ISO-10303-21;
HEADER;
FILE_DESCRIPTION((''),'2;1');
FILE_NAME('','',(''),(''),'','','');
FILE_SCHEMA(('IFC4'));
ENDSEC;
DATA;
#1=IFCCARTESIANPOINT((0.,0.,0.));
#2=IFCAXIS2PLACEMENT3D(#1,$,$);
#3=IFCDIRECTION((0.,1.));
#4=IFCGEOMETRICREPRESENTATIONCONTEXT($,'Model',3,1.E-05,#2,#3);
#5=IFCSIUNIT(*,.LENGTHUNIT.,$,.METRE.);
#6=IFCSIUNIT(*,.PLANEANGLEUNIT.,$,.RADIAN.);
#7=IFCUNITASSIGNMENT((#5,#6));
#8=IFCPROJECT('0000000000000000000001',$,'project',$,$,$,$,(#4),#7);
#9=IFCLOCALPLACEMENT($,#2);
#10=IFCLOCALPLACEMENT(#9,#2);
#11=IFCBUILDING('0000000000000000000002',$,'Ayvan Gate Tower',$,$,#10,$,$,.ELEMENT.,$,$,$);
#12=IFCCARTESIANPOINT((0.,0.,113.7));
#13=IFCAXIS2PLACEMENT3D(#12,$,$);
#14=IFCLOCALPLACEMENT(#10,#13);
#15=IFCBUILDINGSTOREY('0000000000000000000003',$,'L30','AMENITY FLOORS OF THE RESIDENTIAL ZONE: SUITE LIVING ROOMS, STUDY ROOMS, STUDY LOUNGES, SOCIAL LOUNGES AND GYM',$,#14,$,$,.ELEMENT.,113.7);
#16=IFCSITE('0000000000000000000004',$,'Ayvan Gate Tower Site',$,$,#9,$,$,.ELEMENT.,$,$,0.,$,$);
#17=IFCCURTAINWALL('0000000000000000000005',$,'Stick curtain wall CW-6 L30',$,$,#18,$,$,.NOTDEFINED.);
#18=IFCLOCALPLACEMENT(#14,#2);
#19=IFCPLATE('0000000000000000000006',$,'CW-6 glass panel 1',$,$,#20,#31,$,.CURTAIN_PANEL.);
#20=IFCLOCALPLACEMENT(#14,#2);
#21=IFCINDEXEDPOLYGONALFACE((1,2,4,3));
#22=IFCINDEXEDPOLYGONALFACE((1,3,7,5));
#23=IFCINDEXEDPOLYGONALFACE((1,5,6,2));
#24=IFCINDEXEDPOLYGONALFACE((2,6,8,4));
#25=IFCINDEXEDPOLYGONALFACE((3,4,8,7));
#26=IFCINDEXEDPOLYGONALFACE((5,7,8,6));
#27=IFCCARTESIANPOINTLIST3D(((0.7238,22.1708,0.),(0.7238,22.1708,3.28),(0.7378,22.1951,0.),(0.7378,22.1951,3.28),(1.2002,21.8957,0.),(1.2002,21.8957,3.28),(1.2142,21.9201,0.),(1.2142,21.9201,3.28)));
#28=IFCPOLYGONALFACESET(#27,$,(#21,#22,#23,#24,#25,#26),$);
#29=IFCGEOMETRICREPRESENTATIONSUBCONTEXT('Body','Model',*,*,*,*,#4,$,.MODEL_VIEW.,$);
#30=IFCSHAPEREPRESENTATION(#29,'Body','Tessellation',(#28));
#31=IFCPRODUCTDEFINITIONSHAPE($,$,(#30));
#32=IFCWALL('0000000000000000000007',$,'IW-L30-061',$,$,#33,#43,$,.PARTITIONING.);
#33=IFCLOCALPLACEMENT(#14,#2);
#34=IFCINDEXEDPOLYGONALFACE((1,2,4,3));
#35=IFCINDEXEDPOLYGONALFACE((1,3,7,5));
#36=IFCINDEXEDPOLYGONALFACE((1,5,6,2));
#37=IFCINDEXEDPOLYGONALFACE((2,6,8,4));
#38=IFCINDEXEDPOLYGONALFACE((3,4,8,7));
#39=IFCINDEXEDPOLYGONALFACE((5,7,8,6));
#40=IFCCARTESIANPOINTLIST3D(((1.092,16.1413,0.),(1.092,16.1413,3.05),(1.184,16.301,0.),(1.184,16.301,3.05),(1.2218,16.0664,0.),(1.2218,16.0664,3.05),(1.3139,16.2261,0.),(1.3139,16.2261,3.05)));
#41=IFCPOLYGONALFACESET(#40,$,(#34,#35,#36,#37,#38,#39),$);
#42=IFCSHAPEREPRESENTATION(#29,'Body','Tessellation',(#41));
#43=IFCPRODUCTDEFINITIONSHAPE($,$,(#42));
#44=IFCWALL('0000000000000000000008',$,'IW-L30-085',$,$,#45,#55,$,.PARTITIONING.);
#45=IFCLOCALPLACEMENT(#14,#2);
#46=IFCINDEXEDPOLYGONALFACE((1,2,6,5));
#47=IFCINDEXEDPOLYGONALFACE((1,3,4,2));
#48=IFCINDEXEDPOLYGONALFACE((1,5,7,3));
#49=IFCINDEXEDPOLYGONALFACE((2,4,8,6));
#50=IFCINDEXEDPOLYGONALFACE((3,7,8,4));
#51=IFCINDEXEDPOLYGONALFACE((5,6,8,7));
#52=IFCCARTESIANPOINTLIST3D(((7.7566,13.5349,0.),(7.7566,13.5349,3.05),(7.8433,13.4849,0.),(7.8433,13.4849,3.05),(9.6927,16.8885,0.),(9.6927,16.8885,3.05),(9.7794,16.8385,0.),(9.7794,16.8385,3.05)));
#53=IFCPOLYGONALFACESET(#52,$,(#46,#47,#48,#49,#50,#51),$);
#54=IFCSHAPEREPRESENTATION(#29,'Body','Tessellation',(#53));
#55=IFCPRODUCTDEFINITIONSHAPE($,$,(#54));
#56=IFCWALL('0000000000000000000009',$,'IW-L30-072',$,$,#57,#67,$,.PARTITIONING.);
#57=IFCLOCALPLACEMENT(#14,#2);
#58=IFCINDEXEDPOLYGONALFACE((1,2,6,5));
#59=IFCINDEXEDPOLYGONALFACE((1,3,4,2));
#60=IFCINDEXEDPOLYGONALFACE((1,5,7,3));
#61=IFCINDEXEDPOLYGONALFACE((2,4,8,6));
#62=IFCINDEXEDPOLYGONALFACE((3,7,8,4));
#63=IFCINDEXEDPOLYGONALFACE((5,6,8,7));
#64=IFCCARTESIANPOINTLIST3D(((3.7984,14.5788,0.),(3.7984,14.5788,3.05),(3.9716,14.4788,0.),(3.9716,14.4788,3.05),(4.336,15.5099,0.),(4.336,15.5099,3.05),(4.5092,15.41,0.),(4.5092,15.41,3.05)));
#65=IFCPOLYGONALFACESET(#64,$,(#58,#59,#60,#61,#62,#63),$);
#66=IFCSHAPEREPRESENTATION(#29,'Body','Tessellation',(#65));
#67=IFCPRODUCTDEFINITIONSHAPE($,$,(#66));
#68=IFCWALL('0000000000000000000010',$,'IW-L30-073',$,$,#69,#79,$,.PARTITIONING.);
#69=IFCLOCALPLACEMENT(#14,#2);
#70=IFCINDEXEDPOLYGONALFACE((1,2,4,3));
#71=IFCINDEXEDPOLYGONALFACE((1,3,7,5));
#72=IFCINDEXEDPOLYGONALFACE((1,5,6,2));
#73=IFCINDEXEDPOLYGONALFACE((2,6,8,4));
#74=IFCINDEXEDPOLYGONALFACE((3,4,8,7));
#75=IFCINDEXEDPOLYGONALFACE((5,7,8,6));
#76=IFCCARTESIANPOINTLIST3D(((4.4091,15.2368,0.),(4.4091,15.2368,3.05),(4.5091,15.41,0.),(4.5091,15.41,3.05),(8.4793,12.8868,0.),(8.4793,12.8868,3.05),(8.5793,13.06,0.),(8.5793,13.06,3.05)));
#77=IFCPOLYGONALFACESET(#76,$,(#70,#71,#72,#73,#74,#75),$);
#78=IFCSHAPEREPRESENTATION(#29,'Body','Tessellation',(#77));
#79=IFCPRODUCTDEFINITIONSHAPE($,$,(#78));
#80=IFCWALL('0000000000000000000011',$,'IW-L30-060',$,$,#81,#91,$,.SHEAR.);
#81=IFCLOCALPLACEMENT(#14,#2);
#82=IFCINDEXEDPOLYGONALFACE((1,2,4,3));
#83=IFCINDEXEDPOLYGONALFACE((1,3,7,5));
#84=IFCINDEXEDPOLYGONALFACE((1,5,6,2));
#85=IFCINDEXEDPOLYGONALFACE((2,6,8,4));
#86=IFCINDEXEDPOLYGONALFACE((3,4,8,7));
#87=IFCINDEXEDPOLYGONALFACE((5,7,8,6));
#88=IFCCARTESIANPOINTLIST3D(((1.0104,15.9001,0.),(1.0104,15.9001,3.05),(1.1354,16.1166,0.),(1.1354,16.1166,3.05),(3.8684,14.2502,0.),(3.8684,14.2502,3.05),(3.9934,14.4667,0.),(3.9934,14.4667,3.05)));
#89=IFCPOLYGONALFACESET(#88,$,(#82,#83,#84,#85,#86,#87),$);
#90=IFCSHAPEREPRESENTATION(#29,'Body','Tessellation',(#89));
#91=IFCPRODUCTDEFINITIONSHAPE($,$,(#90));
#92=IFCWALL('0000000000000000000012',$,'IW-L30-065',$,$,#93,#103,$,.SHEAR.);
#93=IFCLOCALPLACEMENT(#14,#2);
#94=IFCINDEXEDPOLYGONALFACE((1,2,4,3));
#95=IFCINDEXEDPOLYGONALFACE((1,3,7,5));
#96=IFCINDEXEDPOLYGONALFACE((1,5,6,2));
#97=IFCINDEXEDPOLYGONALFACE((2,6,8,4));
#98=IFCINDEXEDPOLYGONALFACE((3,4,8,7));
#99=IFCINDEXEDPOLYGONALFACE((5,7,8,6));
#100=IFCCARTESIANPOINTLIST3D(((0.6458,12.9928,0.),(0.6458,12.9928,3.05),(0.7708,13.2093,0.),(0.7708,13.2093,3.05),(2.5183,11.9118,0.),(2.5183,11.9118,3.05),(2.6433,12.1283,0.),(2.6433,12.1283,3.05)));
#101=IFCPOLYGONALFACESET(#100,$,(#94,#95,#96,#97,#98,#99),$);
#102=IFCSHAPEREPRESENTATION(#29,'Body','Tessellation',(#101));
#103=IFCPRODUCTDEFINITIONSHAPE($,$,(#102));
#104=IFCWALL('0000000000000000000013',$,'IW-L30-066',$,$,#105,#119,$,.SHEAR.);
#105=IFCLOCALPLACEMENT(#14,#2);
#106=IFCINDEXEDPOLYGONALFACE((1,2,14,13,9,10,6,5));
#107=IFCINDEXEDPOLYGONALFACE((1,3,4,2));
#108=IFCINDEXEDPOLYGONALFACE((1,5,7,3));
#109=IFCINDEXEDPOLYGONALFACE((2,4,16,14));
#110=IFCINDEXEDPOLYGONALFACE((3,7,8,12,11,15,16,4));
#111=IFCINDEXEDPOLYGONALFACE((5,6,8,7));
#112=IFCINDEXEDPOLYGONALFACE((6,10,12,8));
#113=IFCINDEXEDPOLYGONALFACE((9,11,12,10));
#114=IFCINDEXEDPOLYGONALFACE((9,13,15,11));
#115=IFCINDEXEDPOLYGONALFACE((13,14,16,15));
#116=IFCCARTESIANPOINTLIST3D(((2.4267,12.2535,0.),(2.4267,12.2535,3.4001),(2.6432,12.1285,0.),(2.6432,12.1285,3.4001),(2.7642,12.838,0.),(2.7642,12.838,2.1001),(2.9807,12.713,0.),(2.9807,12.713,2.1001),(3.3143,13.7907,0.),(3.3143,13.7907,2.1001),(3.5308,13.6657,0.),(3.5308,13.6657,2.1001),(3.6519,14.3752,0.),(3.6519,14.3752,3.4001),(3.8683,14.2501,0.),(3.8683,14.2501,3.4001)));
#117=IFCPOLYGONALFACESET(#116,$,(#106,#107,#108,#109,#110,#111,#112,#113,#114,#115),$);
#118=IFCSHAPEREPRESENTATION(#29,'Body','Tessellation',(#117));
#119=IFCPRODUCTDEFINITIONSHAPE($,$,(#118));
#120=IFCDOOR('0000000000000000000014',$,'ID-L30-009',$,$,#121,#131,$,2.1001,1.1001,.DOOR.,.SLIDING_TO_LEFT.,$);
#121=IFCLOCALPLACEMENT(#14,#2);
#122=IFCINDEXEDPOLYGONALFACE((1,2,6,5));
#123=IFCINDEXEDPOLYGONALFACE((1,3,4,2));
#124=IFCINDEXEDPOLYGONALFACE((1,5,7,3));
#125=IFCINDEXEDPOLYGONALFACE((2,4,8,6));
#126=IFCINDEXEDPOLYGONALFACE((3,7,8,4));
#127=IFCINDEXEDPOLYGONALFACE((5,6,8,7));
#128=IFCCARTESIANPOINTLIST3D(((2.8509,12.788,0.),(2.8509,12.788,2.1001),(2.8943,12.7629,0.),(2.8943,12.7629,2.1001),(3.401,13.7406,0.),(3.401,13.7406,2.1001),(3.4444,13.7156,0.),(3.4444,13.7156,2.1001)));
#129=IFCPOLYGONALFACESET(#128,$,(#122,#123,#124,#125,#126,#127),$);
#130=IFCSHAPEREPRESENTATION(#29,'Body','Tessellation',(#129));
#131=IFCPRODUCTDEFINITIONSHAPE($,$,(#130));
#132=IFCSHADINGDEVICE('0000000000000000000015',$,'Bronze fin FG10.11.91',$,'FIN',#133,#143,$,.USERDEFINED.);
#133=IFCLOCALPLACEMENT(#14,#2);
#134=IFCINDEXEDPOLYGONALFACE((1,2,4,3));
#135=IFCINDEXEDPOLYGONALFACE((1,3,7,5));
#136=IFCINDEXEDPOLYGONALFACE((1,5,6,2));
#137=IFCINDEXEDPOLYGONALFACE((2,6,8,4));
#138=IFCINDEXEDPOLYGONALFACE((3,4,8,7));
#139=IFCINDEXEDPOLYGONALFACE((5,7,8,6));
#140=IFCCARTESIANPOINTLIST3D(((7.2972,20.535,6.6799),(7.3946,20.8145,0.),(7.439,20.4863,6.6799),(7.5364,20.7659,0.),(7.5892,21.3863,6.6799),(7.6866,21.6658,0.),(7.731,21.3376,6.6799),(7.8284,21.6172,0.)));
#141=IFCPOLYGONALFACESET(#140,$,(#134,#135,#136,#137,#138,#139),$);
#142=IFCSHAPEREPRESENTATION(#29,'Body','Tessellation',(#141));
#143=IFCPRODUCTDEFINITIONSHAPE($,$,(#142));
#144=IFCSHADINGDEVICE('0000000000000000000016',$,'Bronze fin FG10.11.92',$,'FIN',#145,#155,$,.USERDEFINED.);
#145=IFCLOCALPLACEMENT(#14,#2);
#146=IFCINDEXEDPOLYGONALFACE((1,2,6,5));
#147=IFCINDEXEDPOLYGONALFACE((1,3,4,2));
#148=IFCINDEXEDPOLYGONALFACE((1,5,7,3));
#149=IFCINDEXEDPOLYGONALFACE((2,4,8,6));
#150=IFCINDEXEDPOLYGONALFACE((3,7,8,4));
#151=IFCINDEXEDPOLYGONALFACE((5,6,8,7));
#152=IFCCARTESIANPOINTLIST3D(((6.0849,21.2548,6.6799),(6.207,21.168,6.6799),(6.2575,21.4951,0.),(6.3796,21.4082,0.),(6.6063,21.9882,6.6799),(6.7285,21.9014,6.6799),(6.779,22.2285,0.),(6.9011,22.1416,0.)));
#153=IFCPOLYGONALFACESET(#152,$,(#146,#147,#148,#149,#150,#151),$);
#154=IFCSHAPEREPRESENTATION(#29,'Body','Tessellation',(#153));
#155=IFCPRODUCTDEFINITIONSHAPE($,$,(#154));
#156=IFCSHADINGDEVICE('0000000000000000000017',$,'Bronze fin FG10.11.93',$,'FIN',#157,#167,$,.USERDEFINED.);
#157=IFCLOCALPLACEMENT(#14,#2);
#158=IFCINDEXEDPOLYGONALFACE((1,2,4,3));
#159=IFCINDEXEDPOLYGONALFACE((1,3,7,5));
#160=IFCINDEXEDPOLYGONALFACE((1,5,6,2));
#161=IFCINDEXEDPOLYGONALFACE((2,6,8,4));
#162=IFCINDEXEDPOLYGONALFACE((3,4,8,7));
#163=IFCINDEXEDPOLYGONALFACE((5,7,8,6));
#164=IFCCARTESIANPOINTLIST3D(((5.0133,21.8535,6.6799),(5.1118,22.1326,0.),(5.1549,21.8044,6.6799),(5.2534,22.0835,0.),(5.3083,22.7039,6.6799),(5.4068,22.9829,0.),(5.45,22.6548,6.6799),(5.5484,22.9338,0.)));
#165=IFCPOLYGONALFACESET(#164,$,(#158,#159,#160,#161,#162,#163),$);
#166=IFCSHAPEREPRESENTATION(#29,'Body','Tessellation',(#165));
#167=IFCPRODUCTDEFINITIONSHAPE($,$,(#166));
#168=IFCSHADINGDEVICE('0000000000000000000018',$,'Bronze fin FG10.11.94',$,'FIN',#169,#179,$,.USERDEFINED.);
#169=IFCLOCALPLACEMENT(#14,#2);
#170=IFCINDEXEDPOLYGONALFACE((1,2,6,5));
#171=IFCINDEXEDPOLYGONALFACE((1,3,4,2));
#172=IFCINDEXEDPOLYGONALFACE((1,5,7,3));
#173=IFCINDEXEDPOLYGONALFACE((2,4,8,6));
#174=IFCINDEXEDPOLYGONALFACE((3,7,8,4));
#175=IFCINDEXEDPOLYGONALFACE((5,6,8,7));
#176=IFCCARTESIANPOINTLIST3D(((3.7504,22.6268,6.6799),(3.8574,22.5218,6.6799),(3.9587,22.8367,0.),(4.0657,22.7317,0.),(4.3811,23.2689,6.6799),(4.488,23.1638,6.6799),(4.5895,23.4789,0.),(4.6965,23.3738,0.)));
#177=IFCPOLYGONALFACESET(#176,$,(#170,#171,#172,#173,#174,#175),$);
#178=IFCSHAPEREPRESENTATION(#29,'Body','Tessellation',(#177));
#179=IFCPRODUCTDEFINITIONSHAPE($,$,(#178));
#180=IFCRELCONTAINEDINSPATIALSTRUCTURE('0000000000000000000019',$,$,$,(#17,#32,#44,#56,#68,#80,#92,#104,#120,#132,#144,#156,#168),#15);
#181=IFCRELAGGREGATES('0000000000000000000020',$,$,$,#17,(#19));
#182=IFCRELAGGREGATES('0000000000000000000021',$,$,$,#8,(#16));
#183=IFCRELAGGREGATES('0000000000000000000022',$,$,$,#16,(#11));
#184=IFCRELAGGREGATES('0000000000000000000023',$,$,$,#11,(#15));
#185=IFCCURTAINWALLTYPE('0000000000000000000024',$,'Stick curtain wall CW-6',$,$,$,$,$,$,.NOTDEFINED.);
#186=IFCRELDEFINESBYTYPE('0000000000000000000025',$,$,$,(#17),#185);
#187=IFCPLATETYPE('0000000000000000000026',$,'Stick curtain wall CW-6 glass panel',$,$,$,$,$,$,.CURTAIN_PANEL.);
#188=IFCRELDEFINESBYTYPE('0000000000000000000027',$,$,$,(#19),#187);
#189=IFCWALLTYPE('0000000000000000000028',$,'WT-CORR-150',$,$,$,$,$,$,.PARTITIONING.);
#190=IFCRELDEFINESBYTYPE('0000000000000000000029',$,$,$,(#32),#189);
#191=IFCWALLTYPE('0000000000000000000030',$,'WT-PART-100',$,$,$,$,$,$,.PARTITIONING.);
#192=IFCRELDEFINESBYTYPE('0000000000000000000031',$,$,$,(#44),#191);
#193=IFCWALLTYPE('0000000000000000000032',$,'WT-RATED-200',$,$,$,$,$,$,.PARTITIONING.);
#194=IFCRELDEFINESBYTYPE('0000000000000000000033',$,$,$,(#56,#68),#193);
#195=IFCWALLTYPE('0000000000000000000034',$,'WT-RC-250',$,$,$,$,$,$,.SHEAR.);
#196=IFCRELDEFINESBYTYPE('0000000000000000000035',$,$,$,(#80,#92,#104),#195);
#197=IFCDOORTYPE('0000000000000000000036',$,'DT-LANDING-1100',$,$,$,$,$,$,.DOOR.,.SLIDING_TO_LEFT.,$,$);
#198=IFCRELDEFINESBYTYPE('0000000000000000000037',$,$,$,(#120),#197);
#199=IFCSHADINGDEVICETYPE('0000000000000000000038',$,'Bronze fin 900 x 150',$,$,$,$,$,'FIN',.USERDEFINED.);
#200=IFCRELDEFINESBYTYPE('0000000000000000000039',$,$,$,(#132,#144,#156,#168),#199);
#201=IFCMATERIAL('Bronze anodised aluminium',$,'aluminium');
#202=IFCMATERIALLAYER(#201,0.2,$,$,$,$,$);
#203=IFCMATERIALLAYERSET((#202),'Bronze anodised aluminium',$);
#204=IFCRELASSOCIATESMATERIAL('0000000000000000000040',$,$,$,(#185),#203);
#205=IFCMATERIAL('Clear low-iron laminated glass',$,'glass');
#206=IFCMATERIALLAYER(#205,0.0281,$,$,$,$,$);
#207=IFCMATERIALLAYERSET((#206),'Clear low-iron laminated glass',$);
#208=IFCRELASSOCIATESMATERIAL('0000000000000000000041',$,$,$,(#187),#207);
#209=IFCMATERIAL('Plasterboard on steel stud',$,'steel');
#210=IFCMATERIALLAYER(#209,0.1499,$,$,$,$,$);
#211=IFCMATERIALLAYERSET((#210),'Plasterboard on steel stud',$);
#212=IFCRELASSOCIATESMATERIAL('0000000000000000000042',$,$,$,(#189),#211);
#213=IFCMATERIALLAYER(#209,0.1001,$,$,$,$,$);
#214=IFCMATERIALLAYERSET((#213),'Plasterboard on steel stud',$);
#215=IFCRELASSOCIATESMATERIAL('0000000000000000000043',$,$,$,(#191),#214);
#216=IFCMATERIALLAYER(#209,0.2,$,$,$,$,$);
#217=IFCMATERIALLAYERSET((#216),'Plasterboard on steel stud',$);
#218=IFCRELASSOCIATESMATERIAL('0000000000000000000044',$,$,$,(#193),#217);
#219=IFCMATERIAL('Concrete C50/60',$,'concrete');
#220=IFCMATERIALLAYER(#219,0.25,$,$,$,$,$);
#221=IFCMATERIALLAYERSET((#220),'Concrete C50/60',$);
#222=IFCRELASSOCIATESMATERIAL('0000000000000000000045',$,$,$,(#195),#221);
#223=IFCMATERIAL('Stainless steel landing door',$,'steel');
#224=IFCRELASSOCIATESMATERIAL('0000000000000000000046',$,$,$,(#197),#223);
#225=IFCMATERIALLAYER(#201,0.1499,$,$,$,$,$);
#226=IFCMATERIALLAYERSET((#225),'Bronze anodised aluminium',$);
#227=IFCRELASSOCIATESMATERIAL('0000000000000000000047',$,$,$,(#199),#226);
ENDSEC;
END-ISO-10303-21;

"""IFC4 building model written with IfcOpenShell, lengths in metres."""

from ifc_helpers import new_model, si_unit, direction, frame, frame_2d, origin, origin_2d, place, context, subcontext, project, spatial, polyline, rectangle, outline, extrude, material, layer, layer_set, type_object, element, fill, aggregate, save


model = new_model("IFC4")

# Units and contexts
model_context = context("Model", 3, precision=1e-05, world=origin(), true_north=direction((0.0, 1.0)))
body_context = subcontext(model_context, "Body", "Model", "MODEL_VIEW")
ifc_project = project(units=[si_unit("LENGTHUNIT", "METRE"), si_unit("PLANEANGLEUNIT", "RADIAN")], contexts=[model_context])

# Site, building, storey
site_placement = place(None, origin())
site = spatial("IfcSite", under=ifc_project, at=site_placement, Name="Ayvan Gate Tower Site", CompositionType="ELEMENT", RefElevation=0.0)
building_placement = place(site_placement, origin())
building = spatial("IfcBuilding", under=site, at=building_placement, Name="Ayvan Gate Tower", CompositionType="ELEMENT")
storey_placement = place(building_placement, frame((0.0, 0.0, 113.7)))
storey = spatial("IfcBuildingStorey", under=building, at=storey_placement, Name="L30", Description="AMENITY FLOORS OF THE RESIDENTIAL ZONE: SUITE LIVING ROOMS, STUDY ROOMS, STUDY LOUNGES, SOCIAL LOUNGES AND GYM", CompositionType="ELEMENT", Elevation=113.7)

# Curtain wall
ifc_material_1 = material(Name="Bronze anodised aluminium", Category="aluminium")
ifc_layer_1 = layer(ifc_material_1, 0.2)
ifc_layer_set_1 = layer_set([ifc_layer_1], Name="Bronze anodised aluminium")
curtain_wall_type_1 = type_object("IfcCurtainWallType", Name="Stick curtain wall CW-6", PredefinedType="NOTDEFINED", material=ifc_layer_set_1)
curtain_wall_1_placement = place(storey_placement, origin())
curtain_wall_1 = element("IfcCurtainWall", 1, at=curtain_wall_1_placement, inside=storey, type_object=curtain_wall_type_1, Name="Stick curtain wall CW-6 L30", PredefinedType="NOTDEFINED")

# Plate
ifc_material_2 = material(Name="Clear low-iron laminated glass", Category="glass")
ifc_layer_2 = layer(ifc_material_2, 0.0281)
ifc_layer_set_2 = layer_set([ifc_layer_2], Name="Clear low-iron laminated glass")
plate_type_1 = type_object("IfcPlateType", Name="Stick curtain wall CW-6 glass panel", PredefinedType="CURTAIN_PANEL", material=ifc_layer_set_2)
plate_1_placement = place(storey_placement, frame((0.969, 22.0454, 0.0), z_axis=(0.0, 0.0, 1.0), x_axis=(-0.866025, 0.5, 0.0)))
plate_1 = element("IfcPlate", 2, at=plate_1_placement, type_object=plate_type_1, Name="CW-6 glass panel 1", PredefinedType="CURTAIN_PANEL", context=body_context, shape_type="SweptSolid", body=[
    extrude(rectangle(XDim=0.55, YDim=0.0281, at=origin_2d()), origin(), (0.0, 0.0, 1.0), 3.28),
])
aggregate(curtain_wall_1, [plate_1])

# Walls
ifc_material_3 = material(Name="Plasterboard on steel stud", Category="steel")
ifc_layer_3 = layer(ifc_material_3, 0.1499)
ifc_layer_set_3 = layer_set([ifc_layer_3], Name="Plasterboard on steel stud")
wall_type_1 = type_object("IfcWallType", Name="WT-CORR-150", PredefinedType="PARTITIONING", material=ifc_layer_set_3)
wall_1_placement = place(storey_placement, frame((1.249, 16.2637, 0.0), z_axis=(0.0, 0.0, 1.0), x_axis=(-0.499417, -0.866362, 0.0)))
element("IfcWall", 3, at=wall_1_placement, inside=storey, type_object=wall_type_1, Name="IW-L30-061", PredefinedType="PARTITIONING", context=body_context, shape_type="SweptSolid", body=[
    extrude(rectangle(XDim=0.1843, YDim=0.1499, at=frame_2d((0.0923, 0.0))), origin(), (0.0, 0.0, 1.0), 3.05),
])
ifc_layer_4 = layer(ifc_material_3, 0.1001)
ifc_layer_set_4 = layer_set([ifc_layer_4], Name="Plasterboard on steel stud")
wall_type_2 = type_object("IfcWallType", Name="WT-PART-100", PredefinedType="PARTITIONING", material=ifc_layer_set_4)
wall_2_placement = place(storey_placement, frame((7.8, 13.51, 0.0), z_axis=(0.0, 0.0, 1.0), x_axis=(0.499977, 0.866039, 0.0)))
element("IfcWall", 4, at=wall_2_placement, inside=storey, type_object=wall_type_2, Name="IW-L30-085", PredefinedType="PARTITIONING", context=body_context, shape_type="SweptSolid", body=[
    extrude(rectangle(XDim=3.8723, YDim=0.1001, at=frame_2d((1.936, 0.0))), origin(), (0.0, 0.0, 1.0), 3.05),
])
ifc_layer_5 = layer(ifc_material_3, 0.2)
ifc_layer_set_5 = layer_set([ifc_layer_5], Name="Plasterboard on steel stud")
wall_type_3 = type_object("IfcWallType", Name="WT-RATED-200", PredefinedType="PARTITIONING", material=ifc_layer_set_5)
wall_3_placement = place(storey_placement, frame((3.885, 14.5288, 0.0), z_axis=(0.0, 0.0, 1.0), x_axis=(0.499998, 0.866027, 0.0)))
element("IfcWall", 5, at=wall_3_placement, inside=storey, type_object=wall_type_3, Name="IW-L30-072", PredefinedType="PARTITIONING", context=body_context, shape_type="SweptSolid", body=[
    extrude(rectangle(XDim=1.0752, YDim=0.2, at=frame_2d((0.5376, 0.0))), origin(), (0.0, 0.0, 1.0), 3.05),
])
wall_4_placement = place(storey_placement, frame((4.459, 15.3235, 0.0), z_axis=(0.0, 0.0, 1.0), x_axis=(0.866016, -0.500016, 0.0)))
element("IfcWall", 6, at=wall_4_placement, inside=storey, type_object=wall_type_3, Name="IW-L30-073", PredefinedType="PARTITIONING", context=body_context, shape_type="SweptSolid", body=[
    extrude(rectangle(XDim=4.7, YDim=0.2, at=frame_2d((2.3501, 0.0))), origin(), (0.0, 0.0, 1.0), 3.05),
])
ifc_material_4 = material(Name="Concrete C50/60", Category="concrete")
ifc_layer_6 = layer(ifc_material_4, 0.25)
ifc_layer_set_6 = layer_set([ifc_layer_6], Name="Concrete C50/60")
wall_type_4 = type_object("IfcWallType", Name="WT-RC-250", PredefinedType="SHEAR", material=ifc_layer_set_6)
wall_5_placement = place(storey_placement, frame((1.073, 16.0083, 0.0), z_axis=(0.0, 0.0, 1.0), x_axis=(0.86604, -0.499974, 0.0)))
element("IfcWall", 7, at=wall_5_placement, inside=storey, type_object=wall_type_4, Name="IW-L30-060", PredefinedType="SHEAR", context=body_context, shape_type="SweptSolid", body=[
    extrude(rectangle(XDim=3.3, YDim=0.25, at=frame_2d((1.6499, 0.0))), origin(), (0.0, 0.0, 1.0), 3.05),
])
wall_6_placement = place(storey_placement, frame((2.5808, 12.02, 0.0), z_axis=(0.0, 0.0, 1.0), x_axis=(-0.866039, 0.499977, 0.0)))
element("IfcWall", 8, at=wall_6_placement, inside=storey, type_object=wall_type_4, Name="IW-L30-065", PredefinedType="SHEAR", context=body_context, shape_type="SweptSolid", body=[
    extrude(rectangle(XDim=2.1621, YDim=0.25, at=frame_2d((1.0811, 0.0))), origin(), (0.0, 0.0, 1.0), 3.05),
])

# Wall, opening, door
wall_7_placement = place(storey_placement, frame((2.5349, 12.1909, 0.0), z_axis=(0.0, 0.0, 1.0), x_axis=(0.500062, 0.86599, 0.0)))
wall_7 = element("IfcWall", 9, at=wall_7_placement, inside=storey, type_object=wall_type_4, Name="IW-L30-066", PredefinedType="SHEAR", context=body_context, shape_type="SweptSolid", body=[
    extrude(rectangle(XDim=2.45, YDim=0.25, at=frame_2d((1.2251, 0.0))), origin(), (0.0, 0.0, 1.0), 3.4001),
])
opening_placement = place(wall_7_placement, frame((0.675, 0.0, 0.0)))
opening = element("IfcOpeningElement", 10, at=opening_placement, cuts=wall_7, PredefinedType="OPENING", context=body_context, shape_type="SweptSolid", body=[
    extrude(rectangle(XDim=1.1001, YDim=2.1001, at=frame_2d((0.55, 1.05))), frame((0.0, 0.135, 0.0), z_axis=(0.0, -1.0, 0.0), x_axis=(1.0, 0.0, 0.0)), (0.0, 0.0, 1.0), 0.27),
])
ifc_material_5 = material(Name="Stainless steel landing door", Category="steel")
door_type = type_object("IfcDoorType", Name="DT-LANDING-1100", OperationType="SLIDING_TO_LEFT", PredefinedType="DOOR", material=ifc_material_5)
door_placement = place(opening_placement, origin())
door = element("IfcDoor", 11, at=door_placement, inside=storey, type_object=door_type, Name="ID-L30-009", OperationType="SLIDING_TO_LEFT", OverallHeight=2.1001, OverallWidth=1.1001, PredefinedType="DOOR", context=body_context, shape_type="SweptSolid", body=[
    extrude(rectangle(XDim=1.1001, YDim=2.1001, at=frame_2d((0.55, 1.05))), frame((0.0, 0.0249, 0.0), z_axis=(0.0, -1.0, 0.0), x_axis=(1.0, 0.0, 0.0)), (0.0, 0.0, 1.0), 0.05),
])
fill(opening, door)

# Shading devices
ifc_layer_7 = layer(ifc_material_1, 0.1499)
ifc_layer_set_7 = layer_set([ifc_layer_7], Name="Bronze anodised aluminium")
shading_device_type = type_object("IfcShadingDeviceType", Name="Bronze fin 900 x 150", ElementType="FIN", PredefinedType="USERDEFINED", material=ifc_layer_set_7)
shading_device_1_placement = place(storey_placement, frame((7.5364, 20.7659, 0.0), z_axis=(0.945908, -0.324435, 0.000217), x_axis=(0.324435, 0.945908, 0.0)))
element("IfcShadingDevice", 12, at=shading_device_1_placement, inside=storey, type_object=shading_device_type, Name="Bronze fin FG10.11.91", ObjectType="FIN", PredefinedType="USERDEFINED", context=body_context, shape_type="SweptSolid", body=[
    extrude(outline(polyline([(0.0, 0.0), (0.9, 0.0), (0.604, 6.6799), (-0.296, 6.6799), (0.0, 0.0)])), origin(), (0.0, 0.0, -1.0), 0.1499),
])
shading_device_2_placement = place(storey_placement, frame((6.3796, 21.4082, 0.0), z_axis=(0.814978, -0.579492, 0.000218), x_axis=(0.579492, 0.814978, 0.0)))
element("IfcShadingDevice", 13, at=shading_device_2_placement, inside=storey, type_object=shading_device_type, Name="Bronze fin FG10.11.92", ObjectType="FIN", PredefinedType="USERDEFINED", context=body_context, shape_type="SweptSolid", body=[
    extrude(outline(polyline([(0.0, 0.0), (0.8999, 0.0), (0.6041, 6.6799), (-0.2958, 6.6799), (0.0, 0.0)])), origin(), (0.0, 0.0, -1.0), 0.1499),
])
shading_device_3_placement = place(storey_placement, frame((5.2534, 22.0835, 0.0), z_axis=(0.944747, -0.3278, 0.000239), x_axis=(0.3278, 0.944747, 0.0)))
element("IfcShadingDevice", 14, at=shading_device_3_placement, inside=storey, type_object=shading_device_type, Name="Bronze fin FG10.11.93", ObjectType="FIN", PredefinedType="USERDEFINED", context=body_context, shape_type="SweptSolid", body=[
    extrude(outline(polyline([(0.0, 0.0), (0.9, 0.0), (0.6041, 6.6799), (-0.296, 6.6799), (0.0, 0.0)])), origin(), (0.0, 0.0, -1.0), 0.1499),
])
shading_device_4_placement = place(storey_placement, frame((4.0657, 22.7317, 0.0), z_axis=(0.713385, -0.700772, 0.000227), x_axis=(0.700772, 0.713385, 0.0)))
element("IfcShadingDevice", 15, at=shading_device_4_placement, inside=storey, type_object=shading_device_type, Name="Bronze fin FG10.11.94", ObjectType="FIN", PredefinedType="USERDEFINED", context=body_context, shape_type="SweptSolid", body=[
    extrude(outline(polyline([(0.0, 0.0), (0.9001, 0.0), (0.6043, 6.6799), (-0.2957, 6.6799), (0.0, 0.0)])), origin(), (0.0, 0.0, -1.0), 0.1499),
])

save(model, "model.ifc")
